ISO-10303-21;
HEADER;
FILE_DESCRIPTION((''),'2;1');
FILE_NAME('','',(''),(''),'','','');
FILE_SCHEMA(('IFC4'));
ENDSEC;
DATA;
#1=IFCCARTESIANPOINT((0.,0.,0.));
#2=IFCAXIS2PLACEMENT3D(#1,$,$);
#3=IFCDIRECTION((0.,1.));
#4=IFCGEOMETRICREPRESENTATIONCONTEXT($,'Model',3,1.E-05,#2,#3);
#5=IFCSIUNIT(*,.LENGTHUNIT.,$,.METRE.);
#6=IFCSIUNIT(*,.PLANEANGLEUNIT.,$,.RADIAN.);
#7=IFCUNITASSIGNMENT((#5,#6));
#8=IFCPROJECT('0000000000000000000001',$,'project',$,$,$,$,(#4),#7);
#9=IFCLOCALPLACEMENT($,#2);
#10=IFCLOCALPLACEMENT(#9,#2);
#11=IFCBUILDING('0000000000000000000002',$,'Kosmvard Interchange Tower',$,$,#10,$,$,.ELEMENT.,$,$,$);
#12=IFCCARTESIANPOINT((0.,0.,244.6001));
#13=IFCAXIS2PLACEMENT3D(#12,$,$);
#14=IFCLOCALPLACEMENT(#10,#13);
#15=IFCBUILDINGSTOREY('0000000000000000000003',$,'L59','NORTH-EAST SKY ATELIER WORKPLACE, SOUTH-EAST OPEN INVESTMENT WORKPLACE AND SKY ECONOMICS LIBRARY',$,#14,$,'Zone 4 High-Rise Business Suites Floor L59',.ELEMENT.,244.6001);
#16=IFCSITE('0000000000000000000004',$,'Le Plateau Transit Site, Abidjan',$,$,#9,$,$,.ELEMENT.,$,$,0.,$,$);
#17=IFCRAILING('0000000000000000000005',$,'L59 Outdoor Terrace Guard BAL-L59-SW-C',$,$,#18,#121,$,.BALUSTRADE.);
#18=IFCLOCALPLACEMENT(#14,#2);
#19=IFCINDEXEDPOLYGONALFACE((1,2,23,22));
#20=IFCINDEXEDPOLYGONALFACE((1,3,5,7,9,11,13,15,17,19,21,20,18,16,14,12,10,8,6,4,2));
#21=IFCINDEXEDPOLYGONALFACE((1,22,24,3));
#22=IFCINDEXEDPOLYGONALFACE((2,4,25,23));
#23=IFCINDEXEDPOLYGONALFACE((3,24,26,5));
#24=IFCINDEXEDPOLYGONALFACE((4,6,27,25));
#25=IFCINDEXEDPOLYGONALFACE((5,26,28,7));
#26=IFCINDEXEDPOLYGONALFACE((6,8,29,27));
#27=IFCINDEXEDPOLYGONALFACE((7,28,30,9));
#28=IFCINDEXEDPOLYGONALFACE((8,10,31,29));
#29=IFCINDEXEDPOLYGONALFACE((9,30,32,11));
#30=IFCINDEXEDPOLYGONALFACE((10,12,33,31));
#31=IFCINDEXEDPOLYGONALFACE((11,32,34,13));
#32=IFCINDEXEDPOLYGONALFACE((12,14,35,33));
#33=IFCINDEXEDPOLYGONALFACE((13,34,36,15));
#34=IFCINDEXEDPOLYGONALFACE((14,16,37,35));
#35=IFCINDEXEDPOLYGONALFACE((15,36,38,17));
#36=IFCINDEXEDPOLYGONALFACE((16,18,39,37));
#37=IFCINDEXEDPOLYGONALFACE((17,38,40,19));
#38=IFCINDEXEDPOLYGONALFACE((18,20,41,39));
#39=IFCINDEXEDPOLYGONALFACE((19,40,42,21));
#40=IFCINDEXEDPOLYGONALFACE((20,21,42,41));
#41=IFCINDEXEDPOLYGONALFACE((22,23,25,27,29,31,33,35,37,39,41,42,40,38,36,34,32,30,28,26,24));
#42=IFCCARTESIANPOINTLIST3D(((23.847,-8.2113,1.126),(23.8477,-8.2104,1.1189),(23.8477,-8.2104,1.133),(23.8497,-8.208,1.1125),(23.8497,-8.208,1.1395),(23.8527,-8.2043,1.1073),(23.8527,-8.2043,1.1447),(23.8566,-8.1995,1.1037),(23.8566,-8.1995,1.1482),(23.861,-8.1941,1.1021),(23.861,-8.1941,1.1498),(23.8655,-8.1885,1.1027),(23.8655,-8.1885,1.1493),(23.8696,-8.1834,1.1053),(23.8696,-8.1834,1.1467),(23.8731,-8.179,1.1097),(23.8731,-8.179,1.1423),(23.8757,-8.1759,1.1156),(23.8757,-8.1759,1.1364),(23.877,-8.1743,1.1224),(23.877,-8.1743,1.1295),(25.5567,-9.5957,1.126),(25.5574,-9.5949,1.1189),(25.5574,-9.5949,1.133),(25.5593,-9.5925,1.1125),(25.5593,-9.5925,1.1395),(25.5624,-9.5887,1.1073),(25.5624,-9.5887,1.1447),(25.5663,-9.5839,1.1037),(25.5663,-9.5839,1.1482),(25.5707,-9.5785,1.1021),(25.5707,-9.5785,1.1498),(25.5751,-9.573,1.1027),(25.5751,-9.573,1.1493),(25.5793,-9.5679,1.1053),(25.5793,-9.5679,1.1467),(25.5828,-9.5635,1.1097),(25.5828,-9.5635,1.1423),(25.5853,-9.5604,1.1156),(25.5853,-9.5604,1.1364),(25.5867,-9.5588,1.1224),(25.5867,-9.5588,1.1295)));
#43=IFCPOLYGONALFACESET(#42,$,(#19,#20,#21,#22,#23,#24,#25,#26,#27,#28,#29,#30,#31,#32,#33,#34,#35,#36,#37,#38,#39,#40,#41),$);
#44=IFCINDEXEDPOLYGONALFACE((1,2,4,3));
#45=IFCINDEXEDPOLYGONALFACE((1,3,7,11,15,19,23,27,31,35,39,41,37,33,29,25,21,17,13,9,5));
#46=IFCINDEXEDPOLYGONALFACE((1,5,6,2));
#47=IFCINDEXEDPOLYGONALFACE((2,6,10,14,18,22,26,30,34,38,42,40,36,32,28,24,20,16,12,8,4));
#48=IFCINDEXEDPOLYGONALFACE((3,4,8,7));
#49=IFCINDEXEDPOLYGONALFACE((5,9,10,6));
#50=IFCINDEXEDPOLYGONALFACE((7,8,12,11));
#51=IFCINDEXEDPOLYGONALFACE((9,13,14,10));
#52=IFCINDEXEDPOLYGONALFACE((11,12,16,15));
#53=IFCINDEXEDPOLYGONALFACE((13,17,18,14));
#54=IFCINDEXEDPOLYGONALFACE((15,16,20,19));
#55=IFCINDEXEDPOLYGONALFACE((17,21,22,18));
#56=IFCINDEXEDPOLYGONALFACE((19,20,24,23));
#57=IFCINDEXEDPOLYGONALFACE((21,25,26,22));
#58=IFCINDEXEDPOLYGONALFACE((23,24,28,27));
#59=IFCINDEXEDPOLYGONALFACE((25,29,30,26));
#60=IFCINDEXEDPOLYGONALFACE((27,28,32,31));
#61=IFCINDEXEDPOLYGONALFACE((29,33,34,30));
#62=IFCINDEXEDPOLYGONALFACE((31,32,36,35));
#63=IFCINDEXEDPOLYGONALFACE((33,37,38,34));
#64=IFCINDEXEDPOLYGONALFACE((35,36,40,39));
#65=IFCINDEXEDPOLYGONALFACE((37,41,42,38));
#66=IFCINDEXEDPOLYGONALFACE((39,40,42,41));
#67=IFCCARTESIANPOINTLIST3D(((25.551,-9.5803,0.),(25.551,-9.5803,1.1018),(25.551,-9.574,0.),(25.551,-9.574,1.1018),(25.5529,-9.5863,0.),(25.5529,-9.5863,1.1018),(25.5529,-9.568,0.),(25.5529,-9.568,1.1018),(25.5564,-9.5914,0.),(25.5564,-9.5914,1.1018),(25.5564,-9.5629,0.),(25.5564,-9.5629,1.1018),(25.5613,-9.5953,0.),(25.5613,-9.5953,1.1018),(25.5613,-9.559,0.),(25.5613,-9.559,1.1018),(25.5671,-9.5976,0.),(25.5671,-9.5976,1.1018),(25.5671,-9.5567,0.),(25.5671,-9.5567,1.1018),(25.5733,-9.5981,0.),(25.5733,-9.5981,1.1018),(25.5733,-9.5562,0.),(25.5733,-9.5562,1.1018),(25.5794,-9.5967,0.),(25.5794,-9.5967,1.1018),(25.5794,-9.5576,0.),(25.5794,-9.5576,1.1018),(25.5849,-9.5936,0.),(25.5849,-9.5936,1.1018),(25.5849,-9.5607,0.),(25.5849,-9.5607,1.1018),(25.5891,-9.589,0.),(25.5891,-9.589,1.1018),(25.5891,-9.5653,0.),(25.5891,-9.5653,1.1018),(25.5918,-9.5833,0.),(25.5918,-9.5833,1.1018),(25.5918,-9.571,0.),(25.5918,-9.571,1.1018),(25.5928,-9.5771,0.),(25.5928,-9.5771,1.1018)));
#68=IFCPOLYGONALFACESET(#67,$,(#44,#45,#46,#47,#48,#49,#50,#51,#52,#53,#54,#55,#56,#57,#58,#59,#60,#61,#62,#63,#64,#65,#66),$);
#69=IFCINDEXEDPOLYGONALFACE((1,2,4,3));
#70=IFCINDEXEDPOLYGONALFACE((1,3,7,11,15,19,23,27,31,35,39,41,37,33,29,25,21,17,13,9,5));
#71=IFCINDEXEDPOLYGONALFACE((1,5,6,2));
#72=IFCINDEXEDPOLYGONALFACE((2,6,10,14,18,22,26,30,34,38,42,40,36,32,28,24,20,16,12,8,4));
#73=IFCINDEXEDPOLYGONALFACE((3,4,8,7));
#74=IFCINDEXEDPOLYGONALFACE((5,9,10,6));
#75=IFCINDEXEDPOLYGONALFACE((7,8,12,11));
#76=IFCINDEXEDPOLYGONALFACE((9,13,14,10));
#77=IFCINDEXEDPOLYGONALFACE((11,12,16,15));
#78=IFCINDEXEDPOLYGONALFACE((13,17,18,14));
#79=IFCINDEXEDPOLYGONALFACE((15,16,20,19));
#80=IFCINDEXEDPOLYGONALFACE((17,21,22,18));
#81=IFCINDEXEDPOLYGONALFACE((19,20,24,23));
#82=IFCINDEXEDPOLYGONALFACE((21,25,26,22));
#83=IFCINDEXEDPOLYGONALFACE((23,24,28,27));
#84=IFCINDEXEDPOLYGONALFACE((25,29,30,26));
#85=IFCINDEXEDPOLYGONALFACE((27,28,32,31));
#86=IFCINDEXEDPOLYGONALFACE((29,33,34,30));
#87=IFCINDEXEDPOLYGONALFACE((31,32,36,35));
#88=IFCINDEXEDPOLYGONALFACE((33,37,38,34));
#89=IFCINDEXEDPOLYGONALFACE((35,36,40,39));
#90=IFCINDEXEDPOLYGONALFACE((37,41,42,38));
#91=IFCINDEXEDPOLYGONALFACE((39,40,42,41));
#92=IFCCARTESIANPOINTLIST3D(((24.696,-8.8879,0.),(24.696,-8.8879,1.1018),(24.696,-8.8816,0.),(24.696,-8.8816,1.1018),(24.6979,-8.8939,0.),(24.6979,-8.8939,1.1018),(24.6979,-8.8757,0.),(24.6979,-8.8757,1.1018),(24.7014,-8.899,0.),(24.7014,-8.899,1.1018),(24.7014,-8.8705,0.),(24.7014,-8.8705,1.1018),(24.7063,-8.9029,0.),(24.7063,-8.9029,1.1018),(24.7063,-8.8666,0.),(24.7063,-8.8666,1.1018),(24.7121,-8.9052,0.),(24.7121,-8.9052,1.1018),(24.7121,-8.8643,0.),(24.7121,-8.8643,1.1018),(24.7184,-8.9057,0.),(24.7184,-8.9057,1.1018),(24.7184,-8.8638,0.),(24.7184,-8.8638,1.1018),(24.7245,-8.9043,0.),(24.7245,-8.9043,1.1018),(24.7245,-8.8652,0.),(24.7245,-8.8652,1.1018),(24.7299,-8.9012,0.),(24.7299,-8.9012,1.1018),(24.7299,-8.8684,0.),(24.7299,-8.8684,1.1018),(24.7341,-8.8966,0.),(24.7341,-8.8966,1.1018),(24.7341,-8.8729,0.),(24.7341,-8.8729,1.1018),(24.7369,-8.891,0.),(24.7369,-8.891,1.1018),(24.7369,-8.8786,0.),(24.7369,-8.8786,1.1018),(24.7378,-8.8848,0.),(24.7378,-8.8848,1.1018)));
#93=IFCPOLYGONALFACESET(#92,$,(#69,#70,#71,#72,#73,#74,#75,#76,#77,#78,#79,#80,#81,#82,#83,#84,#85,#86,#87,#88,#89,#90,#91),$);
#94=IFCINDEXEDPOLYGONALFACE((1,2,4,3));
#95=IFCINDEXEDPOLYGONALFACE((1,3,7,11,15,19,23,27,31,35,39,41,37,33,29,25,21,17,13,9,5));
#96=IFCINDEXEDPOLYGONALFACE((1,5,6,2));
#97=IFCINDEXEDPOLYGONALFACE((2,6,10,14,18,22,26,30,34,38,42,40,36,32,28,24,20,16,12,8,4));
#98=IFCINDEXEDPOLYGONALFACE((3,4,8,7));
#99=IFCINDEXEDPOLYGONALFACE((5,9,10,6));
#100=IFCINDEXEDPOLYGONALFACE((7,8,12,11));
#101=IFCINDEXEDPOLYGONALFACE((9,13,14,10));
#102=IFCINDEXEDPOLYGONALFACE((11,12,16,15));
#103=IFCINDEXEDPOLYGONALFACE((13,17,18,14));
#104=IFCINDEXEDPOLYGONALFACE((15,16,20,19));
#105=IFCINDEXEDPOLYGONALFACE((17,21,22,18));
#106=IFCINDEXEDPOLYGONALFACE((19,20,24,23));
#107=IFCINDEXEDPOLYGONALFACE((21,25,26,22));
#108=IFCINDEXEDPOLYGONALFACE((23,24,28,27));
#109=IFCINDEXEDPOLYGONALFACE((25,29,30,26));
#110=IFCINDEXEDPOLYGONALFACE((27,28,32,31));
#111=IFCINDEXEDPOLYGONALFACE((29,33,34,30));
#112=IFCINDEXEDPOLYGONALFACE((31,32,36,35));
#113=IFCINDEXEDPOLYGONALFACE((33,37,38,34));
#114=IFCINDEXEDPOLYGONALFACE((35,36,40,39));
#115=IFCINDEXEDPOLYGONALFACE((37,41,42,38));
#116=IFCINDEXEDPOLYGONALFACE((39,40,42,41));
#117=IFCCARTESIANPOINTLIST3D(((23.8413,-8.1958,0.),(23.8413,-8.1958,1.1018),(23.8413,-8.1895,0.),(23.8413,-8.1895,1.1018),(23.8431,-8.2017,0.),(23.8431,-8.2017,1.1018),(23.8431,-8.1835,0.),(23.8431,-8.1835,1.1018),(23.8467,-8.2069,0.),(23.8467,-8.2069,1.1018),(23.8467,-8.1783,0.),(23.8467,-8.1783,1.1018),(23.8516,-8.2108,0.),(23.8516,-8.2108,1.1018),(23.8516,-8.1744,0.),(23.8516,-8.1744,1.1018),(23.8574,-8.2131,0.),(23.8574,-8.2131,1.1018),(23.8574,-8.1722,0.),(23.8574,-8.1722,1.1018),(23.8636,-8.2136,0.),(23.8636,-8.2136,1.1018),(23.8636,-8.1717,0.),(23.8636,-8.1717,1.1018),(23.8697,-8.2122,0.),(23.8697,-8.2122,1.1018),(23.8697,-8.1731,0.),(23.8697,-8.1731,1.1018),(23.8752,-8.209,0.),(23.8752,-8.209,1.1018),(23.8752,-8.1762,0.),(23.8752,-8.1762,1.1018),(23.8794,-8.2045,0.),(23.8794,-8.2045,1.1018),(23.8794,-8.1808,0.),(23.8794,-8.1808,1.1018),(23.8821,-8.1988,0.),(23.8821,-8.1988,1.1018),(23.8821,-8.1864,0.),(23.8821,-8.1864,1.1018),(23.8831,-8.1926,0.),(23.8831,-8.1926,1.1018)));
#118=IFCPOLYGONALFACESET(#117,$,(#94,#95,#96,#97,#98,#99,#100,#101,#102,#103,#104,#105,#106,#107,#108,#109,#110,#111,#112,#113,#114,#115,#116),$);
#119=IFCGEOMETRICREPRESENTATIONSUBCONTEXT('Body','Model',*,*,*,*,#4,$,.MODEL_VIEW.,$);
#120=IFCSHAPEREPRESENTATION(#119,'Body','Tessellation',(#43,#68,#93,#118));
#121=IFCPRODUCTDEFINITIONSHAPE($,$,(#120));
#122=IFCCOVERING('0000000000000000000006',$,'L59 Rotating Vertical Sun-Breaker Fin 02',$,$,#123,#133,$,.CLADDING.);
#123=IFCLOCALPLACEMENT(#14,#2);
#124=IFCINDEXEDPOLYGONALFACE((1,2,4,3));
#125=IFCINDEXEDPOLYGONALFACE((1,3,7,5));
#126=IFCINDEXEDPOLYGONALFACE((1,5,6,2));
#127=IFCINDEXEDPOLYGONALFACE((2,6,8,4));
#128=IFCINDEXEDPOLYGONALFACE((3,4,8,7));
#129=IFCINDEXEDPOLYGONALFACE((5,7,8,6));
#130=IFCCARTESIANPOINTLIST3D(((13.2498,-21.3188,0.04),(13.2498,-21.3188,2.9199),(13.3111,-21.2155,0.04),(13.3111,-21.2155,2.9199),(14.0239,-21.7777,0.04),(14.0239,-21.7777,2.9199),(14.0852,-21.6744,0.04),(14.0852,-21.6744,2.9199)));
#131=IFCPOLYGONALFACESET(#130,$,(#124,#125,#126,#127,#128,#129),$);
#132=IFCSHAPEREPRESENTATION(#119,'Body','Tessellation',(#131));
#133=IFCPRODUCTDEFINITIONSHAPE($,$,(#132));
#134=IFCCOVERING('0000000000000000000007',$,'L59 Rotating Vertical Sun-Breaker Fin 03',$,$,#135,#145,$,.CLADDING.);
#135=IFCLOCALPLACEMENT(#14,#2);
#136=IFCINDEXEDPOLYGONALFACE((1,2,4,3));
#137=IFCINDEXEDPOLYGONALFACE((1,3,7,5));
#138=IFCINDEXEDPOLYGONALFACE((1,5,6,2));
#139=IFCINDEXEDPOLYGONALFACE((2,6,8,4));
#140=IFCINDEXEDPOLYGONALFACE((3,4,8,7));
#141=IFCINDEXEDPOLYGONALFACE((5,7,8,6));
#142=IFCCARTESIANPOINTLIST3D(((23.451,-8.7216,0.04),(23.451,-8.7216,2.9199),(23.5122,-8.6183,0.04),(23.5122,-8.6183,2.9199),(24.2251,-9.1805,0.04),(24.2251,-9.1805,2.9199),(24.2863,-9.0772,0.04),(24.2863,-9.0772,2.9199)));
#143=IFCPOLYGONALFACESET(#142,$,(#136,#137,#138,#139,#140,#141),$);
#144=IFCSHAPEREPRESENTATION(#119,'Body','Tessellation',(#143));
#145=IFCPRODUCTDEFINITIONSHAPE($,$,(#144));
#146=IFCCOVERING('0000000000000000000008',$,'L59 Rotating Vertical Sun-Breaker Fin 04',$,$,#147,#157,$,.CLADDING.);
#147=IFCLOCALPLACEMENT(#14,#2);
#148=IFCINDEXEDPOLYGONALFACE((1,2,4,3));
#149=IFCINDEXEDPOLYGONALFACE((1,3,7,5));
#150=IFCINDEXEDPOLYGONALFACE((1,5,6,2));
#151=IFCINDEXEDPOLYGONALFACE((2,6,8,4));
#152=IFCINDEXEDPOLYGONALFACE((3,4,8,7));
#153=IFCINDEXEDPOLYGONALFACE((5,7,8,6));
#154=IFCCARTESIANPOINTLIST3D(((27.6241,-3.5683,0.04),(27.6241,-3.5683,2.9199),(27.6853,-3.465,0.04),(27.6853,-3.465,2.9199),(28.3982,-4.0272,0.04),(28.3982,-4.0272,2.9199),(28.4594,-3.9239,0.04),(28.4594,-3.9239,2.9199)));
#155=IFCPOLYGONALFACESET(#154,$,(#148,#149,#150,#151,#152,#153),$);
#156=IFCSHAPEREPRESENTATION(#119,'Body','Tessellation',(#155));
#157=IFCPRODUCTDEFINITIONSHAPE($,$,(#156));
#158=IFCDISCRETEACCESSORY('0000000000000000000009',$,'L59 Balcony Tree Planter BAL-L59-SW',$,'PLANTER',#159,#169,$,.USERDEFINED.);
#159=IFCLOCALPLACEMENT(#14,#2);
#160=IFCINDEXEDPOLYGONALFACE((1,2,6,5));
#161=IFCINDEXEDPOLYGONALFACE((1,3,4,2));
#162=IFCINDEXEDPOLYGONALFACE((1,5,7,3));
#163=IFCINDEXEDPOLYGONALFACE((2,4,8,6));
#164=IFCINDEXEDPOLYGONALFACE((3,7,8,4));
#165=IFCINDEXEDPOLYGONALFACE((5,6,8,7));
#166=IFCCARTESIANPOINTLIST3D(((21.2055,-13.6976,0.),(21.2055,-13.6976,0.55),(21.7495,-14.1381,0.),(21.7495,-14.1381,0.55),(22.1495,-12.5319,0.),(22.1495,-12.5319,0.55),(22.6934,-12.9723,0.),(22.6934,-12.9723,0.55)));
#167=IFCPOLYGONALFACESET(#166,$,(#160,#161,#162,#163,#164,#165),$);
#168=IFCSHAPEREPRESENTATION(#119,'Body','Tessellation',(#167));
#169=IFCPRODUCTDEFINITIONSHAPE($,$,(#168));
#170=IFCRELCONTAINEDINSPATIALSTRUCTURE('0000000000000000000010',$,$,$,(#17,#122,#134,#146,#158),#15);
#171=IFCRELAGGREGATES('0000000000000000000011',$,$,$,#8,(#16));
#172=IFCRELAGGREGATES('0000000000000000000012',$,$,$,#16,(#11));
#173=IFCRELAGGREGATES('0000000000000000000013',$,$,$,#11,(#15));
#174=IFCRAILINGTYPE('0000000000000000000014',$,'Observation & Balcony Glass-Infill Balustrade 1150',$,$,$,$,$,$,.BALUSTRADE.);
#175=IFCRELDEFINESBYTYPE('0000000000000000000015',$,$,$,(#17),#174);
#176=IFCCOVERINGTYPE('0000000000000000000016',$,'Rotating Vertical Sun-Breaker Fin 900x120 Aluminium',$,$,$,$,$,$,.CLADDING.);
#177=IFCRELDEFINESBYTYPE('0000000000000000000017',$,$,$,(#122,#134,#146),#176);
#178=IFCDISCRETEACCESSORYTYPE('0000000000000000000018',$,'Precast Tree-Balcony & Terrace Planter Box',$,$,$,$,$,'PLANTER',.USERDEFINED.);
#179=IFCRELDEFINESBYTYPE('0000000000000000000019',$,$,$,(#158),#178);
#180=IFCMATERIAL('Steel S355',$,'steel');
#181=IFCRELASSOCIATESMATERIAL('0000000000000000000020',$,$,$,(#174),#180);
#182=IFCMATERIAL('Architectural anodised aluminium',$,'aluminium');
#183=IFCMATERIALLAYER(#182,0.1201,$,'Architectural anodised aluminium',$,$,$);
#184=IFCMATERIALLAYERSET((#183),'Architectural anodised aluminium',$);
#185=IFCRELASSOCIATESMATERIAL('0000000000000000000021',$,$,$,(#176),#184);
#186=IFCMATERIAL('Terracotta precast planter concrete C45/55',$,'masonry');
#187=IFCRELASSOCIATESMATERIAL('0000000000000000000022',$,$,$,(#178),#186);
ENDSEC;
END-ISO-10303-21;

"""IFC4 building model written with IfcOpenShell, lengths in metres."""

from ifc_helpers import new_model, si_unit, direction, frame, origin, origin_2d, place, context, subcontext, project, spatial, rectangle, circle, extrude, source, transform, mapped, material, layer, layer_set, type_object, element, save


model = new_model("IFC4")

# Units and contexts
model_context = context("Model", 3, precision=1e-05, world=origin(), true_north=direction((0.0, 1.0)))
body_context = subcontext(model_context, "Body", "Model", "MODEL_VIEW")
ifc_project = project(units=[si_unit("LENGTHUNIT", "METRE"), si_unit("PLANEANGLEUNIT", "RADIAN")], contexts=[model_context])

# Site, building, storey
site_placement = place(None, origin())
site = spatial("IfcSite", under=ifc_project, at=site_placement, Name="Le Plateau Transit Site, Abidjan", CompositionType="ELEMENT", RefElevation=0.0)
building_placement = place(site_placement, origin())
building = spatial("IfcBuilding", under=site, at=building_placement, Name="Kosmvard Interchange Tower", CompositionType="ELEMENT")
storey_placement = place(building_placement, frame((0.0, 0.0, 244.6001)))
storey = spatial("IfcBuildingStorey", under=building, at=storey_placement, Name="L59", Description="NORTH-EAST SKY ATELIER WORKPLACE, SOUTH-EAST OPEN INVESTMENT WORKPLACE AND SKY ECONOMICS LIBRARY", LongName="Zone 4 High-Rise Business Suites Floor L59", CompositionType="ELEMENT", Elevation=244.6001)

# Shared definitions
ifc_material_1 = material(Name="Steel S355", Category="steel")

# Railing
railing_type = type_object("IfcRailingType", Name="Observation & Balcony Glass-Infill Balustrade 1150", PredefinedType="BALUSTRADE", material=ifc_material_1)
shared_shape_1 = source(origin(), body_context, "Body", "SweptSolid", [
    extrude(circle(Radius=0.0239, at=origin_2d()), frame((0.0, 0.0, 1.126), z_axis=(-0.777141, 0.629326, 0.0), x_axis=(-0.629326, -0.777141, 0.0)), (0.0, 0.0, 1.0), 2.2),
    extrude(circle(Radius=0.021, at=origin_2d()), origin(), (0.0, 0.0, 1.0), 1.1018),
    extrude(circle(Radius=0.021, at=origin_2d()), frame((-0.855, 0.6924, 0.0)), (0.0, 0.0, 1.0), 1.1018),
    extrude(circle(Radius=0.021, at=origin_2d()), frame((-1.7097, 1.3845, 0.0)), (0.0, 0.0, 1.0), 1.1018),
])
railing_1_placement = place(storey_placement, frame((25.5718, -9.5771, 0.0)))
element("IfcRailing", 1, at=railing_1_placement, inside=storey, type_object=railing_type, Name="L59 Outdoor Terrace Guard BAL-L59-SW-C", PredefinedType="BALUSTRADE", context=body_context, shape_type="MappedRepresentation", body=[
    mapped(shared_shape_1, transform((0.0, 0.0, 0.0), scale=1.0)),
])

# Coverings
ifc_material_2 = material(Name="Architectural anodised aluminium", Category="aluminium")
ifc_layer_1 = layer(ifc_material_2, 0.1201, Name="Architectural anodised aluminium")
ifc_layer_set_1 = layer_set([ifc_layer_1], Name="Architectural anodised aluminium")
covering_type = type_object("IfcCoveringType", Name="Rotating Vertical Sun-Breaker Fin 900x120 Aluminium", PredefinedType="CLADDING", material=ifc_layer_set_1)
shared_shape_2 = source(origin(), body_context, "Body", "SweptSolid", [
    extrude(rectangle(XDim=0.8999, YDim=0.1201, at=origin_2d()), origin(), (0.0, 0.0, 1.0), 2.8799),
])
for number, where, z_axis, x_axis, name in (
    (2, (13.6675, -21.4966, 0.04), (0.0, 0.0, 1.0), (0.860208, -0.509943, 0.0), "L59 Rotating Vertical Sun-Breaker Fin 02"),
    (3, (23.8687, -8.8994, 0.04), (0.0, 0.0, 1.0), (0.860208, -0.509943, 0.0), "L59 Rotating Vertical Sun-Breaker Fin 03"),
    (4, (28.0417, -3.7461, 0.04), (0.0, 0.0, 1.0), (0.860208, -0.509943, 0.0), "L59 Rotating Vertical Sun-Breaker Fin 04"),
):
    element("IfcCovering", number, at=place(storey_placement, frame(where, z_axis=z_axis, x_axis=x_axis)), inside=storey, type_object=covering_type, Name=name, PredefinedType="CLADDING", context=body_context, shape_type="MappedRepresentation", body=[
        mapped(shared_shape_2, transform((0.0, 0.0, 0.0), scale=1.0)),
    ])

# Discrete accessory
ifc_material_3 = material(Name="Terracotta precast planter concrete C45/55", Category="masonry")
discrete_accessory_type = type_object("IfcDiscreteAccessoryType", Name="Precast Tree-Balcony & Terrace Planter Box", ElementType="PLANTER", PredefinedType="USERDEFINED", material=ifc_material_3)
shared_shape_3 = source(origin(), body_context, "Body", "SweptSolid", [
    extrude(rectangle(XDim=1.5, YDim=0.7, at=origin_2d()), origin(), (0.0, 0.0, 1.0), 0.55),
])
discrete_accessory_placement = place(storey_placement, frame((21.9495, -13.335, 0.0), z_axis=(0.0, 0.0, 1.0), x_axis=(0.62932, 0.777146, 0.0)))
element("IfcDiscreteAccessory", 5, at=discrete_accessory_placement, inside=storey, type_object=discrete_accessory_type, Name="L59 Balcony Tree Planter BAL-L59-SW", ObjectType="PLANTER", PredefinedType="USERDEFINED", context=body_context, shape_type="MappedRepresentation", body=[
    mapped(shared_shape_3, transform((0.0, 0.0, 0.0), scale=1.0)),
])

save(model, "model.ifc")
